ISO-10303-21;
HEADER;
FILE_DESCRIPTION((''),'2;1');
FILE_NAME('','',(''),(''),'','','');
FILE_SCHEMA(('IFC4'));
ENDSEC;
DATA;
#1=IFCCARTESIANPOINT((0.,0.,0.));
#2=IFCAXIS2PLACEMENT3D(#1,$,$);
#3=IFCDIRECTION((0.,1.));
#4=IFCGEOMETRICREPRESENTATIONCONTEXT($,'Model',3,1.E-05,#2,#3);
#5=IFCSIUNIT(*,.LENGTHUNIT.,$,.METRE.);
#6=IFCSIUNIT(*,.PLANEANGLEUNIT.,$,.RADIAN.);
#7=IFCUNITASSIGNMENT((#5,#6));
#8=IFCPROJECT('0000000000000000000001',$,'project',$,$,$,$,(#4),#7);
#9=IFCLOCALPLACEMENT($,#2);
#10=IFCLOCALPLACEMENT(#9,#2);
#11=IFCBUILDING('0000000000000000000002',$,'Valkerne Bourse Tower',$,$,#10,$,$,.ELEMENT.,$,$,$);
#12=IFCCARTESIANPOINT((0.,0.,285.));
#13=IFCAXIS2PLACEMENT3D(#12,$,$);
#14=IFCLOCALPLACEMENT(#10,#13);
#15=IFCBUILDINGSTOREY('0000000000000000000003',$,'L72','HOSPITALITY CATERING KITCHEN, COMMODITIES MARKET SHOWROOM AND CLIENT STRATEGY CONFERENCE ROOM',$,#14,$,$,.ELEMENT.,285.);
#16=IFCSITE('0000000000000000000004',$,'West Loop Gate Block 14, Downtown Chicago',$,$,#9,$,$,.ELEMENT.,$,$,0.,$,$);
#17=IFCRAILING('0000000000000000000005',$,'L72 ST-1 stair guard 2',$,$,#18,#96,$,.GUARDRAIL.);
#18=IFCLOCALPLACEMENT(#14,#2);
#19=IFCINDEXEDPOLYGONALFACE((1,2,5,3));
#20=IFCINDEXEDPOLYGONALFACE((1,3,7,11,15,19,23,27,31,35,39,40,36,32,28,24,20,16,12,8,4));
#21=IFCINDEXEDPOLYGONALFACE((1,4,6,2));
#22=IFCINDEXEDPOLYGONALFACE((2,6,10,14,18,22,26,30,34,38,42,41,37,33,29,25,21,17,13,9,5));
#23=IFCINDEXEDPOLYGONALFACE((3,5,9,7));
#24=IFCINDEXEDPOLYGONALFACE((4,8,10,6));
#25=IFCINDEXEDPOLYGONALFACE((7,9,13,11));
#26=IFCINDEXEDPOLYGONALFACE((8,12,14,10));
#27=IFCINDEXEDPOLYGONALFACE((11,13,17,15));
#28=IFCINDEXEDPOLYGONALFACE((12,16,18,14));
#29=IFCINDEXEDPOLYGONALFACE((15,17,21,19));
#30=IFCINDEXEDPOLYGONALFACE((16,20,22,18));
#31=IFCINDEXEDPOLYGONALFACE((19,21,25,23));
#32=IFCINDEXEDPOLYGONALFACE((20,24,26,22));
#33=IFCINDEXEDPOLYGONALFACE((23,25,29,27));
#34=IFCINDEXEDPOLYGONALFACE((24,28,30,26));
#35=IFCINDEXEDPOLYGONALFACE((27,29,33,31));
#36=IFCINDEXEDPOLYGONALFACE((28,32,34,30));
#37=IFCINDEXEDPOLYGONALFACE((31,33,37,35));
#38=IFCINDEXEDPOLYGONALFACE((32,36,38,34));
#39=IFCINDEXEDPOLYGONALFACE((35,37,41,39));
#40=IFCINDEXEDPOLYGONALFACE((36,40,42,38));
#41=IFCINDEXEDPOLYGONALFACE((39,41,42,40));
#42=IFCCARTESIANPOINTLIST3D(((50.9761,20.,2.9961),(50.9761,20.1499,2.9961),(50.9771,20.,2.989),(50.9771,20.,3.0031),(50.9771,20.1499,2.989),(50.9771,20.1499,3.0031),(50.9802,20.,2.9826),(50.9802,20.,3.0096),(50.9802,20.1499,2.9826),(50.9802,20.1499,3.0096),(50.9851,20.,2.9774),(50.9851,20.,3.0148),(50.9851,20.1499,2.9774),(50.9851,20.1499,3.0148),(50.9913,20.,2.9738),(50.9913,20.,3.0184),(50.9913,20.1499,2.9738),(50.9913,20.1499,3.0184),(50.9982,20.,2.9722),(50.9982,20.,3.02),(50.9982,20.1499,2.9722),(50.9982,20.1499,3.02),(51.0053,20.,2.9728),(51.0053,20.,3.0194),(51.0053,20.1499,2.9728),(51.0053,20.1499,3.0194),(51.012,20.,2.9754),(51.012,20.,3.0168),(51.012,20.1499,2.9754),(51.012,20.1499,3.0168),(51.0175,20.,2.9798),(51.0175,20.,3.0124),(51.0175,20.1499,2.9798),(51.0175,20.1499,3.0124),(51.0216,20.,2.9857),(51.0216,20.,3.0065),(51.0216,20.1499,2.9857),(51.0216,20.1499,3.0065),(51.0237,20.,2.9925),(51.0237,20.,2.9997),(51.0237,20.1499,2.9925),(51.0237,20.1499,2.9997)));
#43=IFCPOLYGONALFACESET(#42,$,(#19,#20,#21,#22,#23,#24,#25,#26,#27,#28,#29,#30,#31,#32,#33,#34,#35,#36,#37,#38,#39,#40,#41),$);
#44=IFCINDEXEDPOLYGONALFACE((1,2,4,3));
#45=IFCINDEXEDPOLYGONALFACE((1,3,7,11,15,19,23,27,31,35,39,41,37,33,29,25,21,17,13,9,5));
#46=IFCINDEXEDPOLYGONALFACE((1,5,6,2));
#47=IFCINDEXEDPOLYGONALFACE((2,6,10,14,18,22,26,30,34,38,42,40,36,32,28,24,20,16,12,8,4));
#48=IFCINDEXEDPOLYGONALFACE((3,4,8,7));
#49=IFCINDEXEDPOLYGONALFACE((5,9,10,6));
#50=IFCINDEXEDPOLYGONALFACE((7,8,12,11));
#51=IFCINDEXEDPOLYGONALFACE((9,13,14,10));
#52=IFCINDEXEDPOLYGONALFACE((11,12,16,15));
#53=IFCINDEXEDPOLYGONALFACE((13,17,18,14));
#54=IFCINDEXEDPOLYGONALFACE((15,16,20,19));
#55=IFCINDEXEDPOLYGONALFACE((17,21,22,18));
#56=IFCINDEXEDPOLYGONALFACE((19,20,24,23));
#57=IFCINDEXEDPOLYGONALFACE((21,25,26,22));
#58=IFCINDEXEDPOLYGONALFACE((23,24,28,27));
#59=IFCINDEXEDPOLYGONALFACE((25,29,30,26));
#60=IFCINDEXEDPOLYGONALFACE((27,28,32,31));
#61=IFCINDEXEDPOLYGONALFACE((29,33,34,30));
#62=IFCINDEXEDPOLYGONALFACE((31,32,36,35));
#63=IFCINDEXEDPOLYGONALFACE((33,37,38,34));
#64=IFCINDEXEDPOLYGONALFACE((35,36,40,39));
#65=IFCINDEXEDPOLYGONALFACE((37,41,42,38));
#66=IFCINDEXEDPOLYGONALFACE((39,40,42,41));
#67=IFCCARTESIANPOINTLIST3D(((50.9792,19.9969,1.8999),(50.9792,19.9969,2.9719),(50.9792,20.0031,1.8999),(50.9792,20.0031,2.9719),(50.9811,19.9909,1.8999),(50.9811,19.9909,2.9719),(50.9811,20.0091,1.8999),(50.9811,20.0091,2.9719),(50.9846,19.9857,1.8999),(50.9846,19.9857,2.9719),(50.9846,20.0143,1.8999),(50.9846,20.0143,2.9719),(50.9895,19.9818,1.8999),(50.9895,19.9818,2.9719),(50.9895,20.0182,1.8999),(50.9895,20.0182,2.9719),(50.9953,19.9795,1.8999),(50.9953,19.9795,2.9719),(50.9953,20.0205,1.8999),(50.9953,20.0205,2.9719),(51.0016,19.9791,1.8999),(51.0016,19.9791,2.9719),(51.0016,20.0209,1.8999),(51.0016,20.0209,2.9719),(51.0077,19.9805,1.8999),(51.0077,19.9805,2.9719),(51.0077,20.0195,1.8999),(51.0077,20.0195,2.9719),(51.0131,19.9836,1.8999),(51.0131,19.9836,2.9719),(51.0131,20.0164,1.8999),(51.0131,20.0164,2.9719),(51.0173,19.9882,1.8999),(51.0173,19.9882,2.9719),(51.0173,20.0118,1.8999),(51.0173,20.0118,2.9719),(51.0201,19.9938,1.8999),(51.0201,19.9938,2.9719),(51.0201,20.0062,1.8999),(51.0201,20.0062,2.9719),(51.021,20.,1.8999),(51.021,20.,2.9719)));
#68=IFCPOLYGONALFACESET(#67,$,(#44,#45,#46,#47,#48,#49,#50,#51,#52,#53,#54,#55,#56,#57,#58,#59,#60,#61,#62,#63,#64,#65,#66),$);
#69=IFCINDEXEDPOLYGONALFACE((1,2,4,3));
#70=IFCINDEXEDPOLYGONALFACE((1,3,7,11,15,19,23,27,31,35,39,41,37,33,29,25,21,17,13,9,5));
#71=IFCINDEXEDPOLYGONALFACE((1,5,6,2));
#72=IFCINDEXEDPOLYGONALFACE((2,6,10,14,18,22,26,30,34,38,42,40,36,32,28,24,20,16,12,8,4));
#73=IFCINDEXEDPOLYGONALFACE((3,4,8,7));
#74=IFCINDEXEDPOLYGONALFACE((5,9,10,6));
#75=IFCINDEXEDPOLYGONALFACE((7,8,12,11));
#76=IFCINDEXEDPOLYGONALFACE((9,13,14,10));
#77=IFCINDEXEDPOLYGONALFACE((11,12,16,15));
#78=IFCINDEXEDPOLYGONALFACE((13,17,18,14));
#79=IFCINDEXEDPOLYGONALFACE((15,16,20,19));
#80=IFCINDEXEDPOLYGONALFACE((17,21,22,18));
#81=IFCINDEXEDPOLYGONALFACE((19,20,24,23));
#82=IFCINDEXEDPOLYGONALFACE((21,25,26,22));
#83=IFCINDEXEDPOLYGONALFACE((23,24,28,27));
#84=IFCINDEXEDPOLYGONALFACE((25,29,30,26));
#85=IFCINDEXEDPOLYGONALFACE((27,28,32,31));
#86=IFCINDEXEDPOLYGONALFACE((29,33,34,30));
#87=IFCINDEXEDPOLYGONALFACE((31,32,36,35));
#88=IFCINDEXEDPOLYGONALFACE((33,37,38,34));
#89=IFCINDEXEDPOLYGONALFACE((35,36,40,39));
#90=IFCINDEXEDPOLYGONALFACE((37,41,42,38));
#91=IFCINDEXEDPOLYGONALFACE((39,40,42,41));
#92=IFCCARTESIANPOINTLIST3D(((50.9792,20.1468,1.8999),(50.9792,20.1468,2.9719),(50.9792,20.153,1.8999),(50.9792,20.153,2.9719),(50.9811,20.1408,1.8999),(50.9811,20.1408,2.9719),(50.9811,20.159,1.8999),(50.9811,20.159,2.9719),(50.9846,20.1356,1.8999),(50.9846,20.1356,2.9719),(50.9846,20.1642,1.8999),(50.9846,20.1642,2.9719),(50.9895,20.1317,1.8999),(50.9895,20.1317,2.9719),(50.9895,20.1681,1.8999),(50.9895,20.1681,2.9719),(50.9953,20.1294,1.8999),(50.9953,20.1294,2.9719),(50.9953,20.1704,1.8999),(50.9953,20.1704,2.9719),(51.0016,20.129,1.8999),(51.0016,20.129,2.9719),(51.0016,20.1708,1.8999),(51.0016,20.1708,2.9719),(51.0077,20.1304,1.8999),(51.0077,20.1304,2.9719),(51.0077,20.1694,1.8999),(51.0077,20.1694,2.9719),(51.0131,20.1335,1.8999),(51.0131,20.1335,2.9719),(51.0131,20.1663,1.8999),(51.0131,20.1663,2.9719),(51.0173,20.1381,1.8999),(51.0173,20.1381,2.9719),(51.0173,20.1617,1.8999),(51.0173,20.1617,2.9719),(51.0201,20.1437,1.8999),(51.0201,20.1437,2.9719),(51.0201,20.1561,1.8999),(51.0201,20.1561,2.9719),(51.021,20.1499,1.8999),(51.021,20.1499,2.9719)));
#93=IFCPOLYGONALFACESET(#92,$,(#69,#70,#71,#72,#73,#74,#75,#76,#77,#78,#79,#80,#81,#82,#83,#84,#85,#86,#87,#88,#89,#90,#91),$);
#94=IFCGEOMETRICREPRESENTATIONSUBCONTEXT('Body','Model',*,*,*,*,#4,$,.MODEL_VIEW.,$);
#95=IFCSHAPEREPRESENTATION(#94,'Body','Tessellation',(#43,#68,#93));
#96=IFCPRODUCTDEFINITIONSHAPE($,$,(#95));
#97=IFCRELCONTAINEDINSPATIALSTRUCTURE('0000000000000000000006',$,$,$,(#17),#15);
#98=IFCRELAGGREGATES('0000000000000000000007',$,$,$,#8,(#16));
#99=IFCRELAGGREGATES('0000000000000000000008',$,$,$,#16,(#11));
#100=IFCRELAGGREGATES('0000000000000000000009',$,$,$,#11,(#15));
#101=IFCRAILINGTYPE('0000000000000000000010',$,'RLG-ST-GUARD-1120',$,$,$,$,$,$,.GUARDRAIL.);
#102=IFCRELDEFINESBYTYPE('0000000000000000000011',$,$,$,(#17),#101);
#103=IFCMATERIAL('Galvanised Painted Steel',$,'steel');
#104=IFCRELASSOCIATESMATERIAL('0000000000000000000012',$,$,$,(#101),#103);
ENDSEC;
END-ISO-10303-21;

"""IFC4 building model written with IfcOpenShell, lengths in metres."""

from ifc_helpers import new_model, si_unit, direction, frame, origin, origin_2d, place, context, subcontext, project, spatial, circle, extrude, material, type_object, element, save


model = new_model("IFC4")

# Units and contexts
model_context = context("Model", 3, precision=1e-05, world=origin(), true_north=direction((0.0, 1.0)))
body_context = subcontext(model_context, "Body", "Model", "MODEL_VIEW")
ifc_project = project(units=[si_unit("LENGTHUNIT", "METRE"), si_unit("PLANEANGLEUNIT", "RADIAN")], contexts=[model_context])

# Site, building, storey
site_placement = place(None, origin())
site = spatial("IfcSite", under=ifc_project, at=site_placement, Name="West Loop Gate Block 14, Downtown Chicago", CompositionType="ELEMENT", RefElevation=0.0)
building_placement = place(site_placement, origin())
building = spatial("IfcBuilding", under=site, at=building_placement, Name="Valkerne Bourse Tower", CompositionType="ELEMENT")
storey_placement = place(building_placement, frame((0.0, 0.0, 285.0)))
storey = spatial("IfcBuildingStorey", under=building, at=storey_placement, Name="L72", Description="HOSPITALITY CATERING KITCHEN, COMMODITIES MARKET SHOWROOM AND CLIENT STRATEGY CONFERENCE ROOM", CompositionType="ELEMENT", Elevation=285.0)

# Shared definitions
ifc_material_1 = material(Name="Galvanised Painted Steel", Category="steel")

# Railing
railing_type_1 = type_object("IfcRailingType", Name="RLG-ST-GUARD-1120", PredefinedType="GUARDRAIL", material=ifc_material_1)
railing_1_placement = place(storey_placement, frame((51.0, 20.0, 1.8999)))
element("IfcRailing", 1, at=railing_1_placement, inside=storey, type_object=railing_type_1, Name="L72 ST-1 stair guard 2", PredefinedType="GUARDRAIL", context=body_context, shape_type="SweptSolid", body=[
    extrude(circle(Radius=0.0239, at=origin_2d()), frame((0.0, 0.0, 1.0962), z_axis=(0.0, 1.0, 0.0), x_axis=(-1.0, 0.0, 0.0)), (0.0, 0.0, 1.0), 0.1499),
    extrude(circle(Radius=0.021, at=origin_2d()), origin(), (0.0, 0.0, 1.0), 1.072),
    extrude(circle(Radius=0.021, at=origin_2d()), frame((0.0, 0.1499, 0.0)), (0.0, 0.0, 1.0), 1.072),
])

save(model, "model.ifc")
